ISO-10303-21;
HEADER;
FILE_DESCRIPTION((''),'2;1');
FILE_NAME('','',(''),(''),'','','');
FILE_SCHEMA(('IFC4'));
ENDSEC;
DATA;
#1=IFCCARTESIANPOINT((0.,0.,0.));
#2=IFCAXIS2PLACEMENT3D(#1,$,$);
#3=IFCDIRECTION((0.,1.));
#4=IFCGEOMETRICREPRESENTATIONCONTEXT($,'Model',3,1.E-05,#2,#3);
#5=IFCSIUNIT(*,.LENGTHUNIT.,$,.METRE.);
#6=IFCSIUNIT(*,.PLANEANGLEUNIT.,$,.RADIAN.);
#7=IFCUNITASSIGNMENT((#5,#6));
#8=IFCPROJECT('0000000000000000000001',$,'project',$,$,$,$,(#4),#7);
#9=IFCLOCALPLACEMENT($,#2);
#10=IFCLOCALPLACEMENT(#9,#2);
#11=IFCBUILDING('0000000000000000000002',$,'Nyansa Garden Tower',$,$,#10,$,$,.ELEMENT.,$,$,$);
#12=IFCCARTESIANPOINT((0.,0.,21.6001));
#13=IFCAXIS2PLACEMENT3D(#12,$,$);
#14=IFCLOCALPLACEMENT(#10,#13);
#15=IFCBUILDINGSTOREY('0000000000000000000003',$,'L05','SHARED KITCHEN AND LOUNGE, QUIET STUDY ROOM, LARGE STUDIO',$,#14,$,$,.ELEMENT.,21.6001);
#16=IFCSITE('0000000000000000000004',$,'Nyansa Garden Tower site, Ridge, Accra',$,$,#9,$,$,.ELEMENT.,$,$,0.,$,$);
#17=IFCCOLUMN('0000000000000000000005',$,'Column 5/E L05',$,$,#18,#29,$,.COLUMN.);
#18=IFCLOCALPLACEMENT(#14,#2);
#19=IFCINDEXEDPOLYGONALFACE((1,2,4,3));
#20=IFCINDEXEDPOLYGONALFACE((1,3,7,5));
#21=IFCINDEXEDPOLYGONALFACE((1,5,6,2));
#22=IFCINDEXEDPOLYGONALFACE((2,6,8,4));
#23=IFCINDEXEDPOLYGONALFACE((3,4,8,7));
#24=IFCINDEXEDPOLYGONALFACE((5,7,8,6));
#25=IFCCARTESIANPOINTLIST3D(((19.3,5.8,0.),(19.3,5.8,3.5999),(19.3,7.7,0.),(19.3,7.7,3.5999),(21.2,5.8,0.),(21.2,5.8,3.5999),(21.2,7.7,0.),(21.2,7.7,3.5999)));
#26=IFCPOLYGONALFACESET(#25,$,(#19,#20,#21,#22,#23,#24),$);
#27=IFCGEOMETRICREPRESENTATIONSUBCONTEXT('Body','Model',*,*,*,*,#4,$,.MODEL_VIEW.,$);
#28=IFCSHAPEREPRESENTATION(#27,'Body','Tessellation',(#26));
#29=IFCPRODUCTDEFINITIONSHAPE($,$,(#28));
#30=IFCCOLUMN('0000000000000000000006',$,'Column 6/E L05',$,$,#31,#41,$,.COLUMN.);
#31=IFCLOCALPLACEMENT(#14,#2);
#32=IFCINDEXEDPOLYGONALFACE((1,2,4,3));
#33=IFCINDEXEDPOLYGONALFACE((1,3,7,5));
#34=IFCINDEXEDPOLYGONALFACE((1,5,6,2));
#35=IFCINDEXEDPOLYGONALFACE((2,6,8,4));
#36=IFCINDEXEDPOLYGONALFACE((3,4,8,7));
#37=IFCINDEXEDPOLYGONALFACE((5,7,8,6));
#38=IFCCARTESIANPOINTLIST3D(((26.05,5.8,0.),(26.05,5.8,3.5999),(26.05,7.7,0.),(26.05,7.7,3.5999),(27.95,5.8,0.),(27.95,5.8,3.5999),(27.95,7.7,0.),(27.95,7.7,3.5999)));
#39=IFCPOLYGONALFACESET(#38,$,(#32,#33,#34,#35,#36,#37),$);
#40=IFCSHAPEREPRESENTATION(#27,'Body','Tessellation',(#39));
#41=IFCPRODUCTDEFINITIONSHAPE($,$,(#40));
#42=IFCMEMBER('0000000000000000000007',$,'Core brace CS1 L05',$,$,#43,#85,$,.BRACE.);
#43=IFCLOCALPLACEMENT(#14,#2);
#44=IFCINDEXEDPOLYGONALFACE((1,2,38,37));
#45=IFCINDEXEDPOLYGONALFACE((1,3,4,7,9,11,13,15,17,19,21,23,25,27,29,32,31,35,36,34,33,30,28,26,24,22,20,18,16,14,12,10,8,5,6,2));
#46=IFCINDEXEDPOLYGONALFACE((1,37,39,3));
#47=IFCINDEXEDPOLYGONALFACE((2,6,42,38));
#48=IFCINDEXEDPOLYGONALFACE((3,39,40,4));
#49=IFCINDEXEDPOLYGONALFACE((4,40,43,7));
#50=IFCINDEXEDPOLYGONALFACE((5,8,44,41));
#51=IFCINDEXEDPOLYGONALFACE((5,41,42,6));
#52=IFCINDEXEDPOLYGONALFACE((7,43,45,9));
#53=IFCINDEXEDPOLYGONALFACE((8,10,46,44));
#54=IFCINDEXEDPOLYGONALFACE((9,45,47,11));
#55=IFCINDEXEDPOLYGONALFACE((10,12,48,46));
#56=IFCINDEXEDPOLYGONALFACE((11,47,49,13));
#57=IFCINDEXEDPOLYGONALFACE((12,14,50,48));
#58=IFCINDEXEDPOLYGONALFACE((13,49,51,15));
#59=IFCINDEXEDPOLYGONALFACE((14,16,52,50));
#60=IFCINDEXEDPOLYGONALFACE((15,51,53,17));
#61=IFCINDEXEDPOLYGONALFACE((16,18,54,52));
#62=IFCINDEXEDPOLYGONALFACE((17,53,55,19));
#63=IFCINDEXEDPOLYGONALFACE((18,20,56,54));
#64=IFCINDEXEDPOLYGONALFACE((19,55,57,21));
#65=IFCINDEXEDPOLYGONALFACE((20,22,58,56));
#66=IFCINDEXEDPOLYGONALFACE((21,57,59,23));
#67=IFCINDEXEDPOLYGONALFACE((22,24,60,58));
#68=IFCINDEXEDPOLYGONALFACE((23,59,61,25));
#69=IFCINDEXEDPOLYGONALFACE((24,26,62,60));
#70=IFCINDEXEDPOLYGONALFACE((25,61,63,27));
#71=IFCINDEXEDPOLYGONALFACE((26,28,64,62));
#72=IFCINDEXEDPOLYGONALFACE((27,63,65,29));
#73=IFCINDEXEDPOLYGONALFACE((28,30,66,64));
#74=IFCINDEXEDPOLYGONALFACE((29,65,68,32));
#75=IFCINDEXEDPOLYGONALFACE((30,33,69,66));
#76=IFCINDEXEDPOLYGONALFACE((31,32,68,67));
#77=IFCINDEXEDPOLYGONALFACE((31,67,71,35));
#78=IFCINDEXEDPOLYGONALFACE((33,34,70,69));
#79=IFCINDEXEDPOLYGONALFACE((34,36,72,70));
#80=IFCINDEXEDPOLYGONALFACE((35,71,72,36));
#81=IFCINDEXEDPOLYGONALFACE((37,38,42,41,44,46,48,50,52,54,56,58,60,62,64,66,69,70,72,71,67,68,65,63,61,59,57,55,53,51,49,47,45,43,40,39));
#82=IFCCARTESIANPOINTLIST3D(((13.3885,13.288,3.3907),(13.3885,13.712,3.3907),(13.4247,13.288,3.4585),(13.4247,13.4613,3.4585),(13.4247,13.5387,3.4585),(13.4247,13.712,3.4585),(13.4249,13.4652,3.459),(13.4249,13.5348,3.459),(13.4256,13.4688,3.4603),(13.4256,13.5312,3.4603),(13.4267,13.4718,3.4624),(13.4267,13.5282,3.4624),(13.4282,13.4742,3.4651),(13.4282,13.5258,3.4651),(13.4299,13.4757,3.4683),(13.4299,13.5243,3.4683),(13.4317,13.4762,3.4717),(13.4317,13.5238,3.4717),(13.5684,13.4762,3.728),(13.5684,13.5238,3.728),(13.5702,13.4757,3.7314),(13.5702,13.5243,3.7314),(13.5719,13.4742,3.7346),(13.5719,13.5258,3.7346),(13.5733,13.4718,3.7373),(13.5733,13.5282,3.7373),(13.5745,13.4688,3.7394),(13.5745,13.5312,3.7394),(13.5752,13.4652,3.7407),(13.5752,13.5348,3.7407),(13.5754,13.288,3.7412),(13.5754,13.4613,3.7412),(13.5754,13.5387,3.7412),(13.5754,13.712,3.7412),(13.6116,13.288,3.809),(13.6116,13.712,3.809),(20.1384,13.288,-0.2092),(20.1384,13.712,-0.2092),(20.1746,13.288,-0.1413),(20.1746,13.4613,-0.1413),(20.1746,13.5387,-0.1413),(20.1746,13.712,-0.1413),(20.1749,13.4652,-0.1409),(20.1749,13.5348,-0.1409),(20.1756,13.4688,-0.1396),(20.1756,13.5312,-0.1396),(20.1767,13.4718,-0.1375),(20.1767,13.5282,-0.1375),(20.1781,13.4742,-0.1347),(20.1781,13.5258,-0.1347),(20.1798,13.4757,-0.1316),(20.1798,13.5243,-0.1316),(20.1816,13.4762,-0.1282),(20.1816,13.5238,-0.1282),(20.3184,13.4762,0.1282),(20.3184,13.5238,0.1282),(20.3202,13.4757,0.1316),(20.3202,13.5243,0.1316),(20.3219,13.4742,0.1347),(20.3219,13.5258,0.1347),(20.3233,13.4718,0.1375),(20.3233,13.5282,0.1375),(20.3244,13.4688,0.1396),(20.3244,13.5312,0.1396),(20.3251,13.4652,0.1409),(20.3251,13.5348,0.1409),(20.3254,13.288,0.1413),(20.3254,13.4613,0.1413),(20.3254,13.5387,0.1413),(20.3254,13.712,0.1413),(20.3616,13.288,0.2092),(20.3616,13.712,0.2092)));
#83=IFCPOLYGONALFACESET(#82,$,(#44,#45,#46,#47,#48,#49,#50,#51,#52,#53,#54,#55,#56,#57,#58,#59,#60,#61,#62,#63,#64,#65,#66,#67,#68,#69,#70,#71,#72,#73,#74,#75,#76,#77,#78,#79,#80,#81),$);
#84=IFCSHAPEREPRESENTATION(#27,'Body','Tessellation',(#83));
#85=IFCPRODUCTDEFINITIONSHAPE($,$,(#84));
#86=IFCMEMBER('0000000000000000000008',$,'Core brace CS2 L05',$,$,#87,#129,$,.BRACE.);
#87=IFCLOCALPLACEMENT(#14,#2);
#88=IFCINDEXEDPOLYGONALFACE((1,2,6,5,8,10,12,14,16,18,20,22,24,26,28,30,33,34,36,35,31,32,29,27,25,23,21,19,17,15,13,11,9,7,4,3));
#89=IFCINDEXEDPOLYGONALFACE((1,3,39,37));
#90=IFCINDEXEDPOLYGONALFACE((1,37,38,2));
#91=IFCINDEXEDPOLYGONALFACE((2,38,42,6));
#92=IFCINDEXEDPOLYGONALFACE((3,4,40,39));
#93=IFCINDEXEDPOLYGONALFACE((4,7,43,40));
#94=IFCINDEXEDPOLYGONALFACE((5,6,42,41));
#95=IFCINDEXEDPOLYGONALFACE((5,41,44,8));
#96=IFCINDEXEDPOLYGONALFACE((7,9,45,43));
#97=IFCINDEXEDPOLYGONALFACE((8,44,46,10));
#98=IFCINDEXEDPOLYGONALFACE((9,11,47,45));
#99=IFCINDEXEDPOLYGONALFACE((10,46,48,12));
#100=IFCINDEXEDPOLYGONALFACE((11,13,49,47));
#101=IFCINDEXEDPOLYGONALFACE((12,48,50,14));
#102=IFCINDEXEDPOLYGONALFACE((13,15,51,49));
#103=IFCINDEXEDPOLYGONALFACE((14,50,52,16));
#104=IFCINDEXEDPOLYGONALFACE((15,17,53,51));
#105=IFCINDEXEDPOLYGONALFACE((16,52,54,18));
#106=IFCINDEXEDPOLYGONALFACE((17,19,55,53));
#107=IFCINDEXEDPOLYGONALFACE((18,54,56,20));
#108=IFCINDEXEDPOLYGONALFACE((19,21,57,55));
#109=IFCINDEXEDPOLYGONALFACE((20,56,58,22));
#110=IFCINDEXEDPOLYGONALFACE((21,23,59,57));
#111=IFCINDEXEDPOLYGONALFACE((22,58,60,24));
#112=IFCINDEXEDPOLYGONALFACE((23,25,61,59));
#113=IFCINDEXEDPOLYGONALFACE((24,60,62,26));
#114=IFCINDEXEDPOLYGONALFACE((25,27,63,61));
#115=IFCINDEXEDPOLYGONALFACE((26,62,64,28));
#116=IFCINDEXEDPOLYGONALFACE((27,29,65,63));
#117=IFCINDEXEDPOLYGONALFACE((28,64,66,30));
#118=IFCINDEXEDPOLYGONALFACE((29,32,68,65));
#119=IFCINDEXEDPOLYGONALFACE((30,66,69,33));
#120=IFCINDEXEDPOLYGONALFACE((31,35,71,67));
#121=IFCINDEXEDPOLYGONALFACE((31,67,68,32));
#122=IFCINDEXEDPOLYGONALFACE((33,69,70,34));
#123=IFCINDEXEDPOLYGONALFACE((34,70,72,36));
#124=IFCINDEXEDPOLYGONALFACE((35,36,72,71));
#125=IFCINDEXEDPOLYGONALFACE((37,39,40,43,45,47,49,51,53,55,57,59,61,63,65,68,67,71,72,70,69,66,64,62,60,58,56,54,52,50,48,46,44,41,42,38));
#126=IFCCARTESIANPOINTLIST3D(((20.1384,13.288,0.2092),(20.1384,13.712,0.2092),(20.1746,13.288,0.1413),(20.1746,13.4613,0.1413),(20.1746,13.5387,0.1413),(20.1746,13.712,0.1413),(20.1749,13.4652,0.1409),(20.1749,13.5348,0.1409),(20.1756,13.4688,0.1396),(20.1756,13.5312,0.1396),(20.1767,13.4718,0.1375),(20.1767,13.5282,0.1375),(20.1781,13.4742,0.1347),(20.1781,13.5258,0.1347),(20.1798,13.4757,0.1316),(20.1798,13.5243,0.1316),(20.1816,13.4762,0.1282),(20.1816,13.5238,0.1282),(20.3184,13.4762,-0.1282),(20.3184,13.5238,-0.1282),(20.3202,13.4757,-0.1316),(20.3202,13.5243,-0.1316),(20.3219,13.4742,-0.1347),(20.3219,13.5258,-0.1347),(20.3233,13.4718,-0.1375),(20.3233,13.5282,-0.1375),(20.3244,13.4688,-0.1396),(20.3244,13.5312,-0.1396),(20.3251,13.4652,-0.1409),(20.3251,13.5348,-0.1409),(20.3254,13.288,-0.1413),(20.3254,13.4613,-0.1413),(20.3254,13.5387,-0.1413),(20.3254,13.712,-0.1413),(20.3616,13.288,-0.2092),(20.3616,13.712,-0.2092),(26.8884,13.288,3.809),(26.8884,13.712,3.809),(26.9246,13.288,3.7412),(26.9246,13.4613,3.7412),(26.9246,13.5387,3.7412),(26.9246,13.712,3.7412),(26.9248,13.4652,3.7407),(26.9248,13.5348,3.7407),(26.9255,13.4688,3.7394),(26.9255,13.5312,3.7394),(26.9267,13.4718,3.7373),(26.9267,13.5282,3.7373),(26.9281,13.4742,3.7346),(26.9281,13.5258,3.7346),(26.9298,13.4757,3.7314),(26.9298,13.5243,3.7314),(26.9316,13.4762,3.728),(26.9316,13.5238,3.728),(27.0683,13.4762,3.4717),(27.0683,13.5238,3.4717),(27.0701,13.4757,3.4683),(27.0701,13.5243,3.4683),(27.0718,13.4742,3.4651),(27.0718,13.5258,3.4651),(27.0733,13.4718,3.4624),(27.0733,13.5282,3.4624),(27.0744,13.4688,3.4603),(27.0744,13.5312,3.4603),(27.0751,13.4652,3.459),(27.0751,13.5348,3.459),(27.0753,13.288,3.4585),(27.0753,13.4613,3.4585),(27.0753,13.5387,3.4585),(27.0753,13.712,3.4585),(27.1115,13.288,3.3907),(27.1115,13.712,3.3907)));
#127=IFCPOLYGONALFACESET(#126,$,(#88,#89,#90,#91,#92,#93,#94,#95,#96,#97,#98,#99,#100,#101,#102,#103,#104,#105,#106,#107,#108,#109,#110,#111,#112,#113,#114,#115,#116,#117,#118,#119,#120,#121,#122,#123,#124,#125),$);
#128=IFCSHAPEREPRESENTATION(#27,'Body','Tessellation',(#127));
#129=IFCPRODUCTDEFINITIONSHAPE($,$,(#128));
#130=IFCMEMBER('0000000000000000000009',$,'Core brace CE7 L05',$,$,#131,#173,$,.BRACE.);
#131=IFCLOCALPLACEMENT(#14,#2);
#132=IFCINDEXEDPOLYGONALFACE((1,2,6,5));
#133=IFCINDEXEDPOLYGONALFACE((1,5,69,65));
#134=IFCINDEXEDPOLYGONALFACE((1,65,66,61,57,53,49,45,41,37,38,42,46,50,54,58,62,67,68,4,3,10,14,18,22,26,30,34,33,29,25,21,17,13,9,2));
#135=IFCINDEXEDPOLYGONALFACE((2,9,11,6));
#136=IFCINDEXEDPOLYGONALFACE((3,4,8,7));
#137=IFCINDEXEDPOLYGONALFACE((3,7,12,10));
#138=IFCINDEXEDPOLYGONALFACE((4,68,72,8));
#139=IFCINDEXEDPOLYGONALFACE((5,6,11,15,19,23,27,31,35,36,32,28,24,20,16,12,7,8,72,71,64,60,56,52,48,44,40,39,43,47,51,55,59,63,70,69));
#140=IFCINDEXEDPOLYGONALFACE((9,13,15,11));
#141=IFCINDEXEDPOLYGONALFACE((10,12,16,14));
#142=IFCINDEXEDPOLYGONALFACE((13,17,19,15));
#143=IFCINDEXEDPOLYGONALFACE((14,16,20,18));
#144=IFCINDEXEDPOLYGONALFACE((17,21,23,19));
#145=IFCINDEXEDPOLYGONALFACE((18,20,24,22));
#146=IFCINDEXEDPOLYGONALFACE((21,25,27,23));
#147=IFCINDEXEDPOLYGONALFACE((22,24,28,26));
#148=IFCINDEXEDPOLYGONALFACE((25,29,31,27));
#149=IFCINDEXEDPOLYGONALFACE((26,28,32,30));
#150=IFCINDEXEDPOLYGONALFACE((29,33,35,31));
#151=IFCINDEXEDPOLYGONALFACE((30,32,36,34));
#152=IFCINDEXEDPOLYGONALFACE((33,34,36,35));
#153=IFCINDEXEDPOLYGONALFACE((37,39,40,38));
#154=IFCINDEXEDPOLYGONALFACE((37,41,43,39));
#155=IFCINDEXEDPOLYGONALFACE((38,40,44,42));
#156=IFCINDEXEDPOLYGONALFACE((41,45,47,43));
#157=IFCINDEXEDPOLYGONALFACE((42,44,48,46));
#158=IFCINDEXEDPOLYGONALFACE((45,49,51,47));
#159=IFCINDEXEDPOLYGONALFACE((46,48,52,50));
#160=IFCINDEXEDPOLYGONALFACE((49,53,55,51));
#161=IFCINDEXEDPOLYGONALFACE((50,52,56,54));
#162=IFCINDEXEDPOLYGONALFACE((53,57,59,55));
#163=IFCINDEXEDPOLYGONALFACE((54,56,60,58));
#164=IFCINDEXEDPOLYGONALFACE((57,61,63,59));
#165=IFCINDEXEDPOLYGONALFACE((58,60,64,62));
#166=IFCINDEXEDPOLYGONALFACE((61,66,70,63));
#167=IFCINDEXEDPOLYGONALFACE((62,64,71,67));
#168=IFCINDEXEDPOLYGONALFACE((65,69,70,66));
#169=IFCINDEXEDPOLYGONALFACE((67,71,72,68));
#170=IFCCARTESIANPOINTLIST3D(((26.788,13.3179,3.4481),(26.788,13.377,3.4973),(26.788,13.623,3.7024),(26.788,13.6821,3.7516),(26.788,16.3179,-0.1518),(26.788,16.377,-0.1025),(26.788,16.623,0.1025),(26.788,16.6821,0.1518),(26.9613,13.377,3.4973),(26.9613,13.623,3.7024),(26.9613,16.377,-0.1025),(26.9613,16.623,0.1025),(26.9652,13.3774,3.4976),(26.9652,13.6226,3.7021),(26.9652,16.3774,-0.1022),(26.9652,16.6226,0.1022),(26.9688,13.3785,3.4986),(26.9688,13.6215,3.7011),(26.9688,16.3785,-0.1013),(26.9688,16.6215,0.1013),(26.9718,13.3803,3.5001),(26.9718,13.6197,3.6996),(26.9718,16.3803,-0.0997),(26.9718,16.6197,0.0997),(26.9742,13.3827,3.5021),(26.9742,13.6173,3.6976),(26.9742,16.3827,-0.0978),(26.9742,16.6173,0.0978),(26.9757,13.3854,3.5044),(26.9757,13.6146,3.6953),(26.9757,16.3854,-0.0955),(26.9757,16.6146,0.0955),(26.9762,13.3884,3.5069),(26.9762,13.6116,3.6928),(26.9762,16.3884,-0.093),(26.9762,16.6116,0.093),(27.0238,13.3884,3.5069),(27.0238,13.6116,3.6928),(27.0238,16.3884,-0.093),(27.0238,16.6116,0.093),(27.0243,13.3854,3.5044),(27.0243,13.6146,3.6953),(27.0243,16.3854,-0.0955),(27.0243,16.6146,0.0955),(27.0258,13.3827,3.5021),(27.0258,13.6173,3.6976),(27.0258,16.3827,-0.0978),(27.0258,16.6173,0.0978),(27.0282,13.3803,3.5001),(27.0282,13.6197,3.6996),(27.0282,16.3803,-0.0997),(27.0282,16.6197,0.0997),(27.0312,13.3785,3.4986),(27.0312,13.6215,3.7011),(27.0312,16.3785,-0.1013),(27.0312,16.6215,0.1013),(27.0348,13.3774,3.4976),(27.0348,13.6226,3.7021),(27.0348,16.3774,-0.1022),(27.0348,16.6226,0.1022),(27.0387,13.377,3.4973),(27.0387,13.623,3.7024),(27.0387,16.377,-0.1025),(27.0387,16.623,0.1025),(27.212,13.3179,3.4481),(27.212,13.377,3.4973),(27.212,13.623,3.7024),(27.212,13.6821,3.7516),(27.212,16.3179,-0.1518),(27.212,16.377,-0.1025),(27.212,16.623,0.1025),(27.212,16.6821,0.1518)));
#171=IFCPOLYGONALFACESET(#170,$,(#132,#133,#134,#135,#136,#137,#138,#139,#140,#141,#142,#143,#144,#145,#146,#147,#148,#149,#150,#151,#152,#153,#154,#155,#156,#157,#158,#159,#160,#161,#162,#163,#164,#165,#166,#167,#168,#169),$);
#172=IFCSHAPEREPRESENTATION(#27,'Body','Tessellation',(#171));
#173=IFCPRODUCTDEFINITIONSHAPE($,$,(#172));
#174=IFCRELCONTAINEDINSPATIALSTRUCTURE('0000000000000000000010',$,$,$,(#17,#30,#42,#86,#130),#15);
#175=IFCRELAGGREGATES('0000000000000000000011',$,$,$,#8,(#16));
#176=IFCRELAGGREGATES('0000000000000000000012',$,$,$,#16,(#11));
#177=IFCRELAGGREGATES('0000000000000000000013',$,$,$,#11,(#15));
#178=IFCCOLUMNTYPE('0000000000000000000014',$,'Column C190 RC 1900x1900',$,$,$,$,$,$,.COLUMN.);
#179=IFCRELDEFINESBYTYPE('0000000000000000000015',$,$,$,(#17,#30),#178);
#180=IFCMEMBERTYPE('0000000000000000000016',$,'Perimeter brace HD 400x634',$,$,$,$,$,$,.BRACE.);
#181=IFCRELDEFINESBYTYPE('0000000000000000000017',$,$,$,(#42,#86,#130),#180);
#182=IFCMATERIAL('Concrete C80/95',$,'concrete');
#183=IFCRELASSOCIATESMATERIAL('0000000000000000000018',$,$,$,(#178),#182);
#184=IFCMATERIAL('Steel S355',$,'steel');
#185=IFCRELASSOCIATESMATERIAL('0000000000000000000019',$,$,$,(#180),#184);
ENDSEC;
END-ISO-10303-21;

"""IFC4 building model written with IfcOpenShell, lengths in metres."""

from ifc_helpers import new_model, si_unit, direction, frame, origin, origin_2d, place, context, subcontext, project, spatial, rectangle, i_section, extrude, material, material_profile, profile_set, type_object, element, save


model = new_model("IFC4")

# Units and contexts
model_context = context("Model", 3, precision=1e-05, world=origin(), true_north=direction((0.0, 1.0)))
body_context = subcontext(model_context, "Body", "Model", "MODEL_VIEW")
ifc_project = project(units=[si_unit("LENGTHUNIT", "METRE"), si_unit("PLANEANGLEUNIT", "RADIAN")], contexts=[model_context])

# Site, building, storey
site_placement = place(None, origin())
site = spatial("IfcSite", under=ifc_project, at=site_placement, Name="Nyansa Garden Tower site, Ridge, Accra", CompositionType="ELEMENT", RefElevation=0.0)
building_placement = place(site_placement, origin())
building = spatial("IfcBuilding", under=site, at=building_placement, Name="Nyansa Garden Tower", CompositionType="ELEMENT")
storey_placement = place(building_placement, frame((0.0, 0.0, 21.6001)))
storey = spatial("IfcBuildingStorey", under=building, at=storey_placement, Name="L05", Description="SHARED KITCHEN AND LOUNGE, QUIET STUDY ROOM, LARGE STUDIO", CompositionType="ELEMENT", Elevation=21.6001)

# Columns
ifc_material_1 = material(Name="Concrete C80/95", Category="concrete")
ifc_material_profile_1 = material_profile(ifc_material_1, rectangle(XDim=1.8999, YDim=1.8999, at=origin_2d()), Name="RC 1900x1900")
ifc_profile_set_1 = profile_set([ifc_material_profile_1], Name="Concrete C80/95")
column_type = type_object("IfcColumnType", Name="Column C190 RC 1900x1900", PredefinedType="COLUMN", material=ifc_profile_set_1)
for number, where, z_axis, x_axis, name in (
    (1, (20.25, 6.75, 0.0), (0.0, 0.0, 1.0), (1.0, 0.0, 0.0), "Column 5/E L05"),
    (2, (27.0, 6.75, 0.0), (0.0, 0.0, 1.0), (1.0, 0.0, 0.0), "Column 6/E L05"),
):
    element("IfcColumn", number, at=place(storey_placement, frame(where, z_axis=z_axis, x_axis=x_axis)), inside=storey, type_object=column_type, Name=name, PredefinedType="COLUMN", context=body_context, shape_type="SweptSolid", body=[
        extrude(rectangle(XDim=1.8999, YDim=1.8999, at=origin_2d()), origin(), (0.0, 0.0, 1.0), 3.5999),
    ])

# Members
ifc_material_2 = material(Name="Steel S355", Category="steel")
ifc_material_profile_2 = material_profile(ifc_material_2, i_section(OverallWidth=0.4241, OverallDepth=0.4741, WebThickness=0.0476, FlangeThickness=0.0769, FilletRadius=0.0149, at=origin_2d()), Name="HD 400x634")
ifc_profile_set_2 = profile_set([ifc_material_profile_2], Name="Steel S355")
member_type = type_object("IfcMemberType", Name="Perimeter brace HD 400x634", PredefinedType="BRACE", material=ifc_profile_set_2)
for number, where, z_axis, x_axis, name in (
    (3, (20.25, 13.5, 0.0), (-0.882361, 0.0, 0.470573), (0.0, -1.0, 0.0), "Core brace CS1 L05"),
    (4, (20.25, 13.5, 0.0), (0.882361, 0.0, 0.470573), (0.0, 1.0, 0.0), "Core brace CS2 L05"),
):
    element("IfcMember", number, at=place(storey_placement, frame(where, z_axis=z_axis, x_axis=x_axis)), inside=storey, type_object=member_type, Name=name, PredefinedType="BRACE", context=body_context, shape_type="SweptSolid", body=[
        extrude(i_section(OverallWidth=0.4241, OverallDepth=0.4741, WebThickness=0.0476, FlangeThickness=0.0769, FilletRadius=0.0149, at=origin_2d()), origin(), (0.0, 0.0, 1.0), 7.6499),
    ])
member_placement = place(storey_placement, frame((27.0, 16.5, 0.0), z_axis=(0.0, -0.6402, 0.768208), x_axis=(1.0, 0.0, 0.0)))
element("IfcMember", 5, at=member_placement, inside=storey, type_object=member_type, Name="Core brace CE7 L05", PredefinedType="BRACE", context=body_context, shape_type="SweptSolid", body=[
    extrude(i_section(OverallWidth=0.4241, OverallDepth=0.4741, WebThickness=0.0476, FlangeThickness=0.0769, FilletRadius=0.0149, at=origin_2d()), origin(), (0.0, 0.0, 1.0), 4.686),
])

save(model, "model.ifc")
